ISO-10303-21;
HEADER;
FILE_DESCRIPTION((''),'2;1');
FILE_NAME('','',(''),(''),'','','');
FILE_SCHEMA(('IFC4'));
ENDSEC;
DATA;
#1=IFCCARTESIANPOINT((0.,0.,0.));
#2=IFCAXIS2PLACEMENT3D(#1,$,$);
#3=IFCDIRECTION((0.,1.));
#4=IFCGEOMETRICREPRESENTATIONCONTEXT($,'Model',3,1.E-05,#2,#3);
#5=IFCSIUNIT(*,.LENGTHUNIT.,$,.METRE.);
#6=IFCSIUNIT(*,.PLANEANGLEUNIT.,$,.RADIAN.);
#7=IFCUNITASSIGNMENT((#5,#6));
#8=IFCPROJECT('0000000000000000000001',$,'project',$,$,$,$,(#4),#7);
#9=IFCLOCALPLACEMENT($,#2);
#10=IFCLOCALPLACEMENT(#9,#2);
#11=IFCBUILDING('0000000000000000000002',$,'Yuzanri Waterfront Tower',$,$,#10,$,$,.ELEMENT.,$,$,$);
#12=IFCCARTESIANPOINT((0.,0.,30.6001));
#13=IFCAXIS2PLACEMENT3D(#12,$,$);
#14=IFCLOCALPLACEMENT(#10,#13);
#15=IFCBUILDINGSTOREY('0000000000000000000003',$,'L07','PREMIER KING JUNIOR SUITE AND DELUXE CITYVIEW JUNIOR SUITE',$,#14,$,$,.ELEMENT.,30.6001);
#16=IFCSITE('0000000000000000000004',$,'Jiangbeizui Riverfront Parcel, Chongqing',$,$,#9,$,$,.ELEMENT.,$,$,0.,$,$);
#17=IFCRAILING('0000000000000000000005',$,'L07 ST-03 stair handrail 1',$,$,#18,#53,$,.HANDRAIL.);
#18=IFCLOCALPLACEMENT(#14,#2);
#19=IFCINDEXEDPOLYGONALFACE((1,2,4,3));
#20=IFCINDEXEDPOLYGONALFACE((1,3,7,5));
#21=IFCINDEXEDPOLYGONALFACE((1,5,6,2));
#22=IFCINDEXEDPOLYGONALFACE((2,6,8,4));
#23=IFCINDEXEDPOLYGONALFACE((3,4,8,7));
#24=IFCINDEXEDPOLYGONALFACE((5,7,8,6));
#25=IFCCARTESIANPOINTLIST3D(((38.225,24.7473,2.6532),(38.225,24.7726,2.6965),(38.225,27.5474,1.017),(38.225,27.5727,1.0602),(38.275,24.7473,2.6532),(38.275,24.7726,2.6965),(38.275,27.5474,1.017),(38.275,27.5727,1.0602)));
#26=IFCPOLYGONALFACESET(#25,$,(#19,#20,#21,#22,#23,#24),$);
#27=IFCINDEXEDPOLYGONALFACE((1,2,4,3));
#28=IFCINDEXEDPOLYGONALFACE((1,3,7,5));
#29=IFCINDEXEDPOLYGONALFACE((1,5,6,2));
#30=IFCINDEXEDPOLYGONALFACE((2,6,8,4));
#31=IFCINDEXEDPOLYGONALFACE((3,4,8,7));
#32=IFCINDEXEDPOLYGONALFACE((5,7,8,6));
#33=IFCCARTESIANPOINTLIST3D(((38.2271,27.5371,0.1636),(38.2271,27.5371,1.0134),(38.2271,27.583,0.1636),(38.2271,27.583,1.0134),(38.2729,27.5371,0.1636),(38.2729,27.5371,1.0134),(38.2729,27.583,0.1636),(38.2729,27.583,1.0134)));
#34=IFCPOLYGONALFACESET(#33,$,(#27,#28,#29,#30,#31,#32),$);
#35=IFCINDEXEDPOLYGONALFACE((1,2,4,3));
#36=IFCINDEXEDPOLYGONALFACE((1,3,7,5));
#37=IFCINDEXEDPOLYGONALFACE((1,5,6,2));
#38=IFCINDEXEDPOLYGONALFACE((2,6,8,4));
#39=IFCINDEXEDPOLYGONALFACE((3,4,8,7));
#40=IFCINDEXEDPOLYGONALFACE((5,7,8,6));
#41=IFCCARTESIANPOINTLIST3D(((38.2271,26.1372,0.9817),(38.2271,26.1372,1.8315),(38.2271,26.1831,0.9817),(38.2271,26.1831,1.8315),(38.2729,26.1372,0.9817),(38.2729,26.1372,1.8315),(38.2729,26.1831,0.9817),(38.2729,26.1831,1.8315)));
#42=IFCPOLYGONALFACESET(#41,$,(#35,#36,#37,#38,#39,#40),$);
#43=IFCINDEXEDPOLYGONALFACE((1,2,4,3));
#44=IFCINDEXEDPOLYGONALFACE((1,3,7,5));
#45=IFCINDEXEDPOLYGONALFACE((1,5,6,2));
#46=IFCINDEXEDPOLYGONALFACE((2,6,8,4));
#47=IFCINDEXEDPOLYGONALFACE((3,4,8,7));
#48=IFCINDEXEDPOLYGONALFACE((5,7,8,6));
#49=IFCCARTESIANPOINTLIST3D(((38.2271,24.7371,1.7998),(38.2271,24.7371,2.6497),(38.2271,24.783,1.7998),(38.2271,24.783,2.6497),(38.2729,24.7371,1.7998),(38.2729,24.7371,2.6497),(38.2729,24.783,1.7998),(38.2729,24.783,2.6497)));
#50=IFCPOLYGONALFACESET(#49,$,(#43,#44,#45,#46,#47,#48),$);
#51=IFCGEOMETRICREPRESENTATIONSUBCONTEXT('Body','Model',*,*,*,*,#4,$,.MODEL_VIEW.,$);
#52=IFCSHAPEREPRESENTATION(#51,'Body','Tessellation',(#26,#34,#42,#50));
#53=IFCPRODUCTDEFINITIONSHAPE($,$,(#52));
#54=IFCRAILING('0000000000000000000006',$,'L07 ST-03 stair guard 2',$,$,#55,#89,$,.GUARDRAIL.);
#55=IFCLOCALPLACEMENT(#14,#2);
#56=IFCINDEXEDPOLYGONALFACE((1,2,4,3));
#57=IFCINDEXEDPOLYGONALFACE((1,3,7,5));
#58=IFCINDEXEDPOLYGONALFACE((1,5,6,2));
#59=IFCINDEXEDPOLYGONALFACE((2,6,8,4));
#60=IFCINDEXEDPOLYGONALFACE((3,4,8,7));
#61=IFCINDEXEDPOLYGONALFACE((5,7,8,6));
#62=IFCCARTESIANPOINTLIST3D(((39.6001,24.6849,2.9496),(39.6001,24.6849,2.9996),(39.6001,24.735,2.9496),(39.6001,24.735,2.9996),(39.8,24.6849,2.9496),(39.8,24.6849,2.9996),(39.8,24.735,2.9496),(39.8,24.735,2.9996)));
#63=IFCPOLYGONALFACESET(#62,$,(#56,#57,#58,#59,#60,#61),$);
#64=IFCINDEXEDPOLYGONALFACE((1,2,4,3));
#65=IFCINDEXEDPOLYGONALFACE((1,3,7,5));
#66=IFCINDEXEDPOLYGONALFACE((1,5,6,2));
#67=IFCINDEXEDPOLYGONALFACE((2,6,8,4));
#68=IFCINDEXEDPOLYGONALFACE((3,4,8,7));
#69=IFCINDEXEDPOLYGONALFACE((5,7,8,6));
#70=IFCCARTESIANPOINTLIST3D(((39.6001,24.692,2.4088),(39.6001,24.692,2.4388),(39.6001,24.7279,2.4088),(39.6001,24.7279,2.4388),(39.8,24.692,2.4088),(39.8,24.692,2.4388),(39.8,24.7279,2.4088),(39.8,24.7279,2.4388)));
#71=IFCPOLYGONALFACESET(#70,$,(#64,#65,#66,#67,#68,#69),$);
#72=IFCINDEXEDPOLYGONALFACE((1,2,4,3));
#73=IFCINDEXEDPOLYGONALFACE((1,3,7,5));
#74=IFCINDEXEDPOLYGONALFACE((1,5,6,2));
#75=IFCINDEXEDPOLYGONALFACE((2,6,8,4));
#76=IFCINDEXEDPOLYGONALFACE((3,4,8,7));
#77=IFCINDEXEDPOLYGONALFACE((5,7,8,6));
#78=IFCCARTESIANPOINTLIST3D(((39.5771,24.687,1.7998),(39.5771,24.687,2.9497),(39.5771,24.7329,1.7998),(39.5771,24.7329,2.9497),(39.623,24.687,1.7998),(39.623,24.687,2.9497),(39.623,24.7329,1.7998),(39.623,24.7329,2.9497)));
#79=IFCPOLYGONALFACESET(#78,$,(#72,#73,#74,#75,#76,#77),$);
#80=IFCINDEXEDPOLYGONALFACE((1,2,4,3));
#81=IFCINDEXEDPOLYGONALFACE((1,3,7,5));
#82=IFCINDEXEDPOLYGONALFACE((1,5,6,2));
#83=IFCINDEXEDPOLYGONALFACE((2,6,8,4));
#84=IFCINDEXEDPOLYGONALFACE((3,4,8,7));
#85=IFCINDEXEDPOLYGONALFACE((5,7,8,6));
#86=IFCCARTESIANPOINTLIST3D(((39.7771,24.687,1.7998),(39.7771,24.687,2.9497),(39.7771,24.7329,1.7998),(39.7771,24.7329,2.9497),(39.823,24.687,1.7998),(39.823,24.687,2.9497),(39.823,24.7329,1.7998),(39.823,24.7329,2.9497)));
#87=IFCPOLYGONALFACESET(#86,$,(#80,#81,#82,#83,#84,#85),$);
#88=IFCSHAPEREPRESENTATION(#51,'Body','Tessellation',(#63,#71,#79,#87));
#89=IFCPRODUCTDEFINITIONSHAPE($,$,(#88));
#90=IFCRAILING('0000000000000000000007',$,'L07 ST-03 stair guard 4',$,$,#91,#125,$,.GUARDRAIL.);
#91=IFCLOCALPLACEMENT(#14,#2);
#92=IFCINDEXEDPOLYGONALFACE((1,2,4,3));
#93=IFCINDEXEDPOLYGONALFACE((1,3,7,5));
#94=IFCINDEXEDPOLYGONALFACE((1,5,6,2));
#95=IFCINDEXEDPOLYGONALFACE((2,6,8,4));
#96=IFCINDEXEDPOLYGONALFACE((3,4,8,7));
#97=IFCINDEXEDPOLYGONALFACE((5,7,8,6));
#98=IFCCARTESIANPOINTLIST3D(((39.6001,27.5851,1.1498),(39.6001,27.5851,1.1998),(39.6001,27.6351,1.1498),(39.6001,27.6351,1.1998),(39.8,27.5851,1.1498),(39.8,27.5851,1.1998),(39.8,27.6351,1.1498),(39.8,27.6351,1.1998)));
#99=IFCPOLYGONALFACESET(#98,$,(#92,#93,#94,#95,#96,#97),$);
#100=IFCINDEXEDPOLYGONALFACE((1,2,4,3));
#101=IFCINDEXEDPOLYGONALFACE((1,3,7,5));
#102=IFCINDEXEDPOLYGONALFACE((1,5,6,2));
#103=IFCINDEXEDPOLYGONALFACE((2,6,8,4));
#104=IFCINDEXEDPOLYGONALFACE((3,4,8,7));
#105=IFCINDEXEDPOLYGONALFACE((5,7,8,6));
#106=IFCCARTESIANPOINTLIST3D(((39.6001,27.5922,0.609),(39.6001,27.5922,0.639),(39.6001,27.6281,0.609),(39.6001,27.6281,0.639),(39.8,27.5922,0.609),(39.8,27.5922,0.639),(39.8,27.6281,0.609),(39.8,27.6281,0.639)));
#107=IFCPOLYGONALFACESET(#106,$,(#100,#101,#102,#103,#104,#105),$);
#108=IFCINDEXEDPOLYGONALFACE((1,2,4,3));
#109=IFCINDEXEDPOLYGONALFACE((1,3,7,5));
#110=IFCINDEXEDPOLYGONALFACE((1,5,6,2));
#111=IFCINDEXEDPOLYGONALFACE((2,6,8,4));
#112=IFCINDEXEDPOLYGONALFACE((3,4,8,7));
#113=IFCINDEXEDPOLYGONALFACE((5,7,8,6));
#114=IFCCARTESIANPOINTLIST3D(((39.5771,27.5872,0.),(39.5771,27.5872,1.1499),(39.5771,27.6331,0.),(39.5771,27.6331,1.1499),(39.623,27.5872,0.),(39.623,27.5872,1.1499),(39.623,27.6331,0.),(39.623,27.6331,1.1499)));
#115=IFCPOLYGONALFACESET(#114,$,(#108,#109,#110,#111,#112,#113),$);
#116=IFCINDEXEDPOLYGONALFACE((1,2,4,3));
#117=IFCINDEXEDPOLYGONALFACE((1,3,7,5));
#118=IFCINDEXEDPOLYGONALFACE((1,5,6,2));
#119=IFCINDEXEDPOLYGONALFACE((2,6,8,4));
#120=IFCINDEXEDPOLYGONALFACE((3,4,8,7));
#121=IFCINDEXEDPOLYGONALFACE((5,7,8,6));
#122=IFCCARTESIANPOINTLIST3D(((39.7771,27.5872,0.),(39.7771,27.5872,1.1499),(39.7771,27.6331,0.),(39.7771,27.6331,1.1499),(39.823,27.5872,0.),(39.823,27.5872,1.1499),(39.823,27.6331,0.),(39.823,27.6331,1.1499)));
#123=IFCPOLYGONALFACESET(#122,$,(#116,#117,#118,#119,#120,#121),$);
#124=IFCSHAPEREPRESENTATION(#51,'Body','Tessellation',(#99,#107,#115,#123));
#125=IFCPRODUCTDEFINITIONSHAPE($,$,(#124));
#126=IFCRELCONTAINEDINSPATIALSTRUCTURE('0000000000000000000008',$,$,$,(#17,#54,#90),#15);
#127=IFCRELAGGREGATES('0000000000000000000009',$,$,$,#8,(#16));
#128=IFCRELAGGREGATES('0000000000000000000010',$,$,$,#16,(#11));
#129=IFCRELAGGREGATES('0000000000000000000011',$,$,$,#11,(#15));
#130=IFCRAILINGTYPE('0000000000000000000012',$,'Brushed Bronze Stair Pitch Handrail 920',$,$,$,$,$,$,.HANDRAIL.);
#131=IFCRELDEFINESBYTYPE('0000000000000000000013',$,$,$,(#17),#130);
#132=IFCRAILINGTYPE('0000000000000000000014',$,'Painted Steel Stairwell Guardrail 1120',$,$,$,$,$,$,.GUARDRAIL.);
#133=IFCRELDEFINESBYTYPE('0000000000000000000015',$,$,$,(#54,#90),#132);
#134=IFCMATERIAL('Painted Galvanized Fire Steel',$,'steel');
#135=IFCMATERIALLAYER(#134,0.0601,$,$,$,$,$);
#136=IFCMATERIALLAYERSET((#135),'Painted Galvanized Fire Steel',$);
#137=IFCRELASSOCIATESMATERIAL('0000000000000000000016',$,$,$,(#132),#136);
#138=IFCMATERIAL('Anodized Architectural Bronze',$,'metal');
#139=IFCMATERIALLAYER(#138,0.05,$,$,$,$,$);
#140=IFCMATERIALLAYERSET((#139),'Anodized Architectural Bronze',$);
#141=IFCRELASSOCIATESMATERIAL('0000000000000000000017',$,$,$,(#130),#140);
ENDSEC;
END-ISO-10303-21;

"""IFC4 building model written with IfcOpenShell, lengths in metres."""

from ifc_helpers import new_model, si_unit, direction, frame, origin, origin_2d, place, context, subcontext, project, spatial, rectangle, extrude, source, transform, mapped, material, layer, layer_set, type_object, element, save


model = new_model("IFC4")

# Units and contexts
model_context = context("Model", 3, precision=1e-05, world=origin(), true_north=direction((0.0, 1.0)))
body_context = subcontext(model_context, "Body", "Model", "MODEL_VIEW")
ifc_project = project(units=[si_unit("LENGTHUNIT", "METRE"), si_unit("PLANEANGLEUNIT", "RADIAN")], contexts=[model_context])

# Site, building, storey
site_placement = place(None, origin())
site = spatial("IfcSite", under=ifc_project, at=site_placement, Name="Jiangbeizui Riverfront Parcel, Chongqing", CompositionType="ELEMENT", RefElevation=0.0)
building_placement = place(site_placement, origin())
building = spatial("IfcBuilding", under=site, at=building_placement, Name="Yuzanri Waterfront Tower", CompositionType="ELEMENT")
storey_placement = place(building_placement, frame((0.0, 0.0, 30.6001)))
storey = spatial("IfcBuildingStorey", under=building, at=storey_placement, Name="L07", Description="PREMIER KING JUNIOR SUITE AND DELUXE CITYVIEW JUNIOR SUITE", CompositionType="ELEMENT", Elevation=30.6001)

# Railings
ifc_material_1 = material(Name="Painted Galvanized Fire Steel", Category="steel")
ifc_layer_1 = layer(ifc_material_1, 0.0601)
ifc_layer_set_1 = layer_set([ifc_layer_1], Name="Painted Galvanized Fire Steel")
railing_type_1 = type_object("IfcRailingType", Name="Painted Steel Stairwell Guardrail 1120", PredefinedType="GUARDRAIL", material=ifc_layer_set_1)
ifc_material_2 = material(Name="Anodized Architectural Bronze", Category="metal")
ifc_layer_2 = layer(ifc_material_2, 0.05)
ifc_layer_set_2 = layer_set([ifc_layer_2], Name="Anodized Architectural Bronze")
railing_type_2 = type_object("IfcRailingType", Name="Brushed Bronze Stair Pitch Handrail 920", PredefinedType="HANDRAIL", material=ifc_layer_set_2)
shared_shape_1 = source(origin(), body_context, "Body", "SweptSolid", [
    extrude(rectangle(XDim=0.05, YDim=0.05, at=origin_2d()), frame((0.0, 0.0, 0.875), z_axis=(0.0, -0.863394, 0.504531), x_axis=(1.0, 0.0, 0.0)), (0.0, 0.0, 1.0), 3.2432),
    extrude(rectangle(XDim=0.0459, YDim=0.0459, at=origin_2d()), origin(), (0.0, 0.0, 1.0), 0.8499),
    extrude(rectangle(XDim=0.0459, YDim=0.0459, at=origin_2d()), frame((0.0, -1.3999, 0.8181)), (0.0, 0.0, 1.0), 0.8499),
    extrude(rectangle(XDim=0.0459, YDim=0.0459, at=origin_2d()), frame((0.0, -2.8, 1.6362)), (0.0, 0.0, 1.0), 0.8499),
])
for number, where, name in (
    (1, (38.25, 27.5601, 0.1636), "L07 ST-03 stair handrail 1"),
):
    element("IfcRailing", number, at=place(storey_placement, frame(where)), inside=storey, type_object=railing_type_2, Name=name, PredefinedType="HANDRAIL", context=body_context, shape_type="MappedRepresentation", body=[
        mapped(shared_shape_1, transform((0.0, 0.0, 0.0), scale=1.0)),
    ])
shared_shape_2 = source(origin(), body_context, "Body", "SweptSolid", [
    extrude(rectangle(XDim=0.05, YDim=0.05, at=origin_2d()), frame((0.0, 0.0, 1.1748), z_axis=(1.0, 0.0, 0.0), x_axis=(0.0, 1.0, 0.0)), (0.0, 0.0, 1.0), 0.2),
    extrude(rectangle(XDim=0.0359, YDim=0.03, at=origin_2d()), frame((0.0, 0.0, 0.624), z_axis=(1.0, 0.0, 0.0), x_axis=(0.0, 1.0, 0.0)), (0.0, 0.0, 1.0), 0.2),
    extrude(rectangle(XDim=0.0459, YDim=0.0459, at=origin_2d()), origin(), (0.0, 0.0, 1.0), 1.1499),
    extrude(rectangle(XDim=0.0459, YDim=0.0459, at=origin_2d()), frame((0.2, 0.0, 0.0)), (0.0, 0.0, 1.0), 1.1499),
])
for number, where, name in (
    (2, (39.6001, 24.71, 1.7998), "L07 ST-03 stair guard 2"),
    (3, (39.6001, 27.6101, 0.0), "L07 ST-03 stair guard 4"),
):
    element("IfcRailing", number, at=place(storey_placement, frame(where)), inside=storey, type_object=railing_type_1, Name=name, PredefinedType="GUARDRAIL", context=body_context, shape_type="MappedRepresentation", body=[
        mapped(shared_shape_2, transform((0.0, 0.0, 0.0), scale=1.0)),
    ])

save(model, "model.ifc")
